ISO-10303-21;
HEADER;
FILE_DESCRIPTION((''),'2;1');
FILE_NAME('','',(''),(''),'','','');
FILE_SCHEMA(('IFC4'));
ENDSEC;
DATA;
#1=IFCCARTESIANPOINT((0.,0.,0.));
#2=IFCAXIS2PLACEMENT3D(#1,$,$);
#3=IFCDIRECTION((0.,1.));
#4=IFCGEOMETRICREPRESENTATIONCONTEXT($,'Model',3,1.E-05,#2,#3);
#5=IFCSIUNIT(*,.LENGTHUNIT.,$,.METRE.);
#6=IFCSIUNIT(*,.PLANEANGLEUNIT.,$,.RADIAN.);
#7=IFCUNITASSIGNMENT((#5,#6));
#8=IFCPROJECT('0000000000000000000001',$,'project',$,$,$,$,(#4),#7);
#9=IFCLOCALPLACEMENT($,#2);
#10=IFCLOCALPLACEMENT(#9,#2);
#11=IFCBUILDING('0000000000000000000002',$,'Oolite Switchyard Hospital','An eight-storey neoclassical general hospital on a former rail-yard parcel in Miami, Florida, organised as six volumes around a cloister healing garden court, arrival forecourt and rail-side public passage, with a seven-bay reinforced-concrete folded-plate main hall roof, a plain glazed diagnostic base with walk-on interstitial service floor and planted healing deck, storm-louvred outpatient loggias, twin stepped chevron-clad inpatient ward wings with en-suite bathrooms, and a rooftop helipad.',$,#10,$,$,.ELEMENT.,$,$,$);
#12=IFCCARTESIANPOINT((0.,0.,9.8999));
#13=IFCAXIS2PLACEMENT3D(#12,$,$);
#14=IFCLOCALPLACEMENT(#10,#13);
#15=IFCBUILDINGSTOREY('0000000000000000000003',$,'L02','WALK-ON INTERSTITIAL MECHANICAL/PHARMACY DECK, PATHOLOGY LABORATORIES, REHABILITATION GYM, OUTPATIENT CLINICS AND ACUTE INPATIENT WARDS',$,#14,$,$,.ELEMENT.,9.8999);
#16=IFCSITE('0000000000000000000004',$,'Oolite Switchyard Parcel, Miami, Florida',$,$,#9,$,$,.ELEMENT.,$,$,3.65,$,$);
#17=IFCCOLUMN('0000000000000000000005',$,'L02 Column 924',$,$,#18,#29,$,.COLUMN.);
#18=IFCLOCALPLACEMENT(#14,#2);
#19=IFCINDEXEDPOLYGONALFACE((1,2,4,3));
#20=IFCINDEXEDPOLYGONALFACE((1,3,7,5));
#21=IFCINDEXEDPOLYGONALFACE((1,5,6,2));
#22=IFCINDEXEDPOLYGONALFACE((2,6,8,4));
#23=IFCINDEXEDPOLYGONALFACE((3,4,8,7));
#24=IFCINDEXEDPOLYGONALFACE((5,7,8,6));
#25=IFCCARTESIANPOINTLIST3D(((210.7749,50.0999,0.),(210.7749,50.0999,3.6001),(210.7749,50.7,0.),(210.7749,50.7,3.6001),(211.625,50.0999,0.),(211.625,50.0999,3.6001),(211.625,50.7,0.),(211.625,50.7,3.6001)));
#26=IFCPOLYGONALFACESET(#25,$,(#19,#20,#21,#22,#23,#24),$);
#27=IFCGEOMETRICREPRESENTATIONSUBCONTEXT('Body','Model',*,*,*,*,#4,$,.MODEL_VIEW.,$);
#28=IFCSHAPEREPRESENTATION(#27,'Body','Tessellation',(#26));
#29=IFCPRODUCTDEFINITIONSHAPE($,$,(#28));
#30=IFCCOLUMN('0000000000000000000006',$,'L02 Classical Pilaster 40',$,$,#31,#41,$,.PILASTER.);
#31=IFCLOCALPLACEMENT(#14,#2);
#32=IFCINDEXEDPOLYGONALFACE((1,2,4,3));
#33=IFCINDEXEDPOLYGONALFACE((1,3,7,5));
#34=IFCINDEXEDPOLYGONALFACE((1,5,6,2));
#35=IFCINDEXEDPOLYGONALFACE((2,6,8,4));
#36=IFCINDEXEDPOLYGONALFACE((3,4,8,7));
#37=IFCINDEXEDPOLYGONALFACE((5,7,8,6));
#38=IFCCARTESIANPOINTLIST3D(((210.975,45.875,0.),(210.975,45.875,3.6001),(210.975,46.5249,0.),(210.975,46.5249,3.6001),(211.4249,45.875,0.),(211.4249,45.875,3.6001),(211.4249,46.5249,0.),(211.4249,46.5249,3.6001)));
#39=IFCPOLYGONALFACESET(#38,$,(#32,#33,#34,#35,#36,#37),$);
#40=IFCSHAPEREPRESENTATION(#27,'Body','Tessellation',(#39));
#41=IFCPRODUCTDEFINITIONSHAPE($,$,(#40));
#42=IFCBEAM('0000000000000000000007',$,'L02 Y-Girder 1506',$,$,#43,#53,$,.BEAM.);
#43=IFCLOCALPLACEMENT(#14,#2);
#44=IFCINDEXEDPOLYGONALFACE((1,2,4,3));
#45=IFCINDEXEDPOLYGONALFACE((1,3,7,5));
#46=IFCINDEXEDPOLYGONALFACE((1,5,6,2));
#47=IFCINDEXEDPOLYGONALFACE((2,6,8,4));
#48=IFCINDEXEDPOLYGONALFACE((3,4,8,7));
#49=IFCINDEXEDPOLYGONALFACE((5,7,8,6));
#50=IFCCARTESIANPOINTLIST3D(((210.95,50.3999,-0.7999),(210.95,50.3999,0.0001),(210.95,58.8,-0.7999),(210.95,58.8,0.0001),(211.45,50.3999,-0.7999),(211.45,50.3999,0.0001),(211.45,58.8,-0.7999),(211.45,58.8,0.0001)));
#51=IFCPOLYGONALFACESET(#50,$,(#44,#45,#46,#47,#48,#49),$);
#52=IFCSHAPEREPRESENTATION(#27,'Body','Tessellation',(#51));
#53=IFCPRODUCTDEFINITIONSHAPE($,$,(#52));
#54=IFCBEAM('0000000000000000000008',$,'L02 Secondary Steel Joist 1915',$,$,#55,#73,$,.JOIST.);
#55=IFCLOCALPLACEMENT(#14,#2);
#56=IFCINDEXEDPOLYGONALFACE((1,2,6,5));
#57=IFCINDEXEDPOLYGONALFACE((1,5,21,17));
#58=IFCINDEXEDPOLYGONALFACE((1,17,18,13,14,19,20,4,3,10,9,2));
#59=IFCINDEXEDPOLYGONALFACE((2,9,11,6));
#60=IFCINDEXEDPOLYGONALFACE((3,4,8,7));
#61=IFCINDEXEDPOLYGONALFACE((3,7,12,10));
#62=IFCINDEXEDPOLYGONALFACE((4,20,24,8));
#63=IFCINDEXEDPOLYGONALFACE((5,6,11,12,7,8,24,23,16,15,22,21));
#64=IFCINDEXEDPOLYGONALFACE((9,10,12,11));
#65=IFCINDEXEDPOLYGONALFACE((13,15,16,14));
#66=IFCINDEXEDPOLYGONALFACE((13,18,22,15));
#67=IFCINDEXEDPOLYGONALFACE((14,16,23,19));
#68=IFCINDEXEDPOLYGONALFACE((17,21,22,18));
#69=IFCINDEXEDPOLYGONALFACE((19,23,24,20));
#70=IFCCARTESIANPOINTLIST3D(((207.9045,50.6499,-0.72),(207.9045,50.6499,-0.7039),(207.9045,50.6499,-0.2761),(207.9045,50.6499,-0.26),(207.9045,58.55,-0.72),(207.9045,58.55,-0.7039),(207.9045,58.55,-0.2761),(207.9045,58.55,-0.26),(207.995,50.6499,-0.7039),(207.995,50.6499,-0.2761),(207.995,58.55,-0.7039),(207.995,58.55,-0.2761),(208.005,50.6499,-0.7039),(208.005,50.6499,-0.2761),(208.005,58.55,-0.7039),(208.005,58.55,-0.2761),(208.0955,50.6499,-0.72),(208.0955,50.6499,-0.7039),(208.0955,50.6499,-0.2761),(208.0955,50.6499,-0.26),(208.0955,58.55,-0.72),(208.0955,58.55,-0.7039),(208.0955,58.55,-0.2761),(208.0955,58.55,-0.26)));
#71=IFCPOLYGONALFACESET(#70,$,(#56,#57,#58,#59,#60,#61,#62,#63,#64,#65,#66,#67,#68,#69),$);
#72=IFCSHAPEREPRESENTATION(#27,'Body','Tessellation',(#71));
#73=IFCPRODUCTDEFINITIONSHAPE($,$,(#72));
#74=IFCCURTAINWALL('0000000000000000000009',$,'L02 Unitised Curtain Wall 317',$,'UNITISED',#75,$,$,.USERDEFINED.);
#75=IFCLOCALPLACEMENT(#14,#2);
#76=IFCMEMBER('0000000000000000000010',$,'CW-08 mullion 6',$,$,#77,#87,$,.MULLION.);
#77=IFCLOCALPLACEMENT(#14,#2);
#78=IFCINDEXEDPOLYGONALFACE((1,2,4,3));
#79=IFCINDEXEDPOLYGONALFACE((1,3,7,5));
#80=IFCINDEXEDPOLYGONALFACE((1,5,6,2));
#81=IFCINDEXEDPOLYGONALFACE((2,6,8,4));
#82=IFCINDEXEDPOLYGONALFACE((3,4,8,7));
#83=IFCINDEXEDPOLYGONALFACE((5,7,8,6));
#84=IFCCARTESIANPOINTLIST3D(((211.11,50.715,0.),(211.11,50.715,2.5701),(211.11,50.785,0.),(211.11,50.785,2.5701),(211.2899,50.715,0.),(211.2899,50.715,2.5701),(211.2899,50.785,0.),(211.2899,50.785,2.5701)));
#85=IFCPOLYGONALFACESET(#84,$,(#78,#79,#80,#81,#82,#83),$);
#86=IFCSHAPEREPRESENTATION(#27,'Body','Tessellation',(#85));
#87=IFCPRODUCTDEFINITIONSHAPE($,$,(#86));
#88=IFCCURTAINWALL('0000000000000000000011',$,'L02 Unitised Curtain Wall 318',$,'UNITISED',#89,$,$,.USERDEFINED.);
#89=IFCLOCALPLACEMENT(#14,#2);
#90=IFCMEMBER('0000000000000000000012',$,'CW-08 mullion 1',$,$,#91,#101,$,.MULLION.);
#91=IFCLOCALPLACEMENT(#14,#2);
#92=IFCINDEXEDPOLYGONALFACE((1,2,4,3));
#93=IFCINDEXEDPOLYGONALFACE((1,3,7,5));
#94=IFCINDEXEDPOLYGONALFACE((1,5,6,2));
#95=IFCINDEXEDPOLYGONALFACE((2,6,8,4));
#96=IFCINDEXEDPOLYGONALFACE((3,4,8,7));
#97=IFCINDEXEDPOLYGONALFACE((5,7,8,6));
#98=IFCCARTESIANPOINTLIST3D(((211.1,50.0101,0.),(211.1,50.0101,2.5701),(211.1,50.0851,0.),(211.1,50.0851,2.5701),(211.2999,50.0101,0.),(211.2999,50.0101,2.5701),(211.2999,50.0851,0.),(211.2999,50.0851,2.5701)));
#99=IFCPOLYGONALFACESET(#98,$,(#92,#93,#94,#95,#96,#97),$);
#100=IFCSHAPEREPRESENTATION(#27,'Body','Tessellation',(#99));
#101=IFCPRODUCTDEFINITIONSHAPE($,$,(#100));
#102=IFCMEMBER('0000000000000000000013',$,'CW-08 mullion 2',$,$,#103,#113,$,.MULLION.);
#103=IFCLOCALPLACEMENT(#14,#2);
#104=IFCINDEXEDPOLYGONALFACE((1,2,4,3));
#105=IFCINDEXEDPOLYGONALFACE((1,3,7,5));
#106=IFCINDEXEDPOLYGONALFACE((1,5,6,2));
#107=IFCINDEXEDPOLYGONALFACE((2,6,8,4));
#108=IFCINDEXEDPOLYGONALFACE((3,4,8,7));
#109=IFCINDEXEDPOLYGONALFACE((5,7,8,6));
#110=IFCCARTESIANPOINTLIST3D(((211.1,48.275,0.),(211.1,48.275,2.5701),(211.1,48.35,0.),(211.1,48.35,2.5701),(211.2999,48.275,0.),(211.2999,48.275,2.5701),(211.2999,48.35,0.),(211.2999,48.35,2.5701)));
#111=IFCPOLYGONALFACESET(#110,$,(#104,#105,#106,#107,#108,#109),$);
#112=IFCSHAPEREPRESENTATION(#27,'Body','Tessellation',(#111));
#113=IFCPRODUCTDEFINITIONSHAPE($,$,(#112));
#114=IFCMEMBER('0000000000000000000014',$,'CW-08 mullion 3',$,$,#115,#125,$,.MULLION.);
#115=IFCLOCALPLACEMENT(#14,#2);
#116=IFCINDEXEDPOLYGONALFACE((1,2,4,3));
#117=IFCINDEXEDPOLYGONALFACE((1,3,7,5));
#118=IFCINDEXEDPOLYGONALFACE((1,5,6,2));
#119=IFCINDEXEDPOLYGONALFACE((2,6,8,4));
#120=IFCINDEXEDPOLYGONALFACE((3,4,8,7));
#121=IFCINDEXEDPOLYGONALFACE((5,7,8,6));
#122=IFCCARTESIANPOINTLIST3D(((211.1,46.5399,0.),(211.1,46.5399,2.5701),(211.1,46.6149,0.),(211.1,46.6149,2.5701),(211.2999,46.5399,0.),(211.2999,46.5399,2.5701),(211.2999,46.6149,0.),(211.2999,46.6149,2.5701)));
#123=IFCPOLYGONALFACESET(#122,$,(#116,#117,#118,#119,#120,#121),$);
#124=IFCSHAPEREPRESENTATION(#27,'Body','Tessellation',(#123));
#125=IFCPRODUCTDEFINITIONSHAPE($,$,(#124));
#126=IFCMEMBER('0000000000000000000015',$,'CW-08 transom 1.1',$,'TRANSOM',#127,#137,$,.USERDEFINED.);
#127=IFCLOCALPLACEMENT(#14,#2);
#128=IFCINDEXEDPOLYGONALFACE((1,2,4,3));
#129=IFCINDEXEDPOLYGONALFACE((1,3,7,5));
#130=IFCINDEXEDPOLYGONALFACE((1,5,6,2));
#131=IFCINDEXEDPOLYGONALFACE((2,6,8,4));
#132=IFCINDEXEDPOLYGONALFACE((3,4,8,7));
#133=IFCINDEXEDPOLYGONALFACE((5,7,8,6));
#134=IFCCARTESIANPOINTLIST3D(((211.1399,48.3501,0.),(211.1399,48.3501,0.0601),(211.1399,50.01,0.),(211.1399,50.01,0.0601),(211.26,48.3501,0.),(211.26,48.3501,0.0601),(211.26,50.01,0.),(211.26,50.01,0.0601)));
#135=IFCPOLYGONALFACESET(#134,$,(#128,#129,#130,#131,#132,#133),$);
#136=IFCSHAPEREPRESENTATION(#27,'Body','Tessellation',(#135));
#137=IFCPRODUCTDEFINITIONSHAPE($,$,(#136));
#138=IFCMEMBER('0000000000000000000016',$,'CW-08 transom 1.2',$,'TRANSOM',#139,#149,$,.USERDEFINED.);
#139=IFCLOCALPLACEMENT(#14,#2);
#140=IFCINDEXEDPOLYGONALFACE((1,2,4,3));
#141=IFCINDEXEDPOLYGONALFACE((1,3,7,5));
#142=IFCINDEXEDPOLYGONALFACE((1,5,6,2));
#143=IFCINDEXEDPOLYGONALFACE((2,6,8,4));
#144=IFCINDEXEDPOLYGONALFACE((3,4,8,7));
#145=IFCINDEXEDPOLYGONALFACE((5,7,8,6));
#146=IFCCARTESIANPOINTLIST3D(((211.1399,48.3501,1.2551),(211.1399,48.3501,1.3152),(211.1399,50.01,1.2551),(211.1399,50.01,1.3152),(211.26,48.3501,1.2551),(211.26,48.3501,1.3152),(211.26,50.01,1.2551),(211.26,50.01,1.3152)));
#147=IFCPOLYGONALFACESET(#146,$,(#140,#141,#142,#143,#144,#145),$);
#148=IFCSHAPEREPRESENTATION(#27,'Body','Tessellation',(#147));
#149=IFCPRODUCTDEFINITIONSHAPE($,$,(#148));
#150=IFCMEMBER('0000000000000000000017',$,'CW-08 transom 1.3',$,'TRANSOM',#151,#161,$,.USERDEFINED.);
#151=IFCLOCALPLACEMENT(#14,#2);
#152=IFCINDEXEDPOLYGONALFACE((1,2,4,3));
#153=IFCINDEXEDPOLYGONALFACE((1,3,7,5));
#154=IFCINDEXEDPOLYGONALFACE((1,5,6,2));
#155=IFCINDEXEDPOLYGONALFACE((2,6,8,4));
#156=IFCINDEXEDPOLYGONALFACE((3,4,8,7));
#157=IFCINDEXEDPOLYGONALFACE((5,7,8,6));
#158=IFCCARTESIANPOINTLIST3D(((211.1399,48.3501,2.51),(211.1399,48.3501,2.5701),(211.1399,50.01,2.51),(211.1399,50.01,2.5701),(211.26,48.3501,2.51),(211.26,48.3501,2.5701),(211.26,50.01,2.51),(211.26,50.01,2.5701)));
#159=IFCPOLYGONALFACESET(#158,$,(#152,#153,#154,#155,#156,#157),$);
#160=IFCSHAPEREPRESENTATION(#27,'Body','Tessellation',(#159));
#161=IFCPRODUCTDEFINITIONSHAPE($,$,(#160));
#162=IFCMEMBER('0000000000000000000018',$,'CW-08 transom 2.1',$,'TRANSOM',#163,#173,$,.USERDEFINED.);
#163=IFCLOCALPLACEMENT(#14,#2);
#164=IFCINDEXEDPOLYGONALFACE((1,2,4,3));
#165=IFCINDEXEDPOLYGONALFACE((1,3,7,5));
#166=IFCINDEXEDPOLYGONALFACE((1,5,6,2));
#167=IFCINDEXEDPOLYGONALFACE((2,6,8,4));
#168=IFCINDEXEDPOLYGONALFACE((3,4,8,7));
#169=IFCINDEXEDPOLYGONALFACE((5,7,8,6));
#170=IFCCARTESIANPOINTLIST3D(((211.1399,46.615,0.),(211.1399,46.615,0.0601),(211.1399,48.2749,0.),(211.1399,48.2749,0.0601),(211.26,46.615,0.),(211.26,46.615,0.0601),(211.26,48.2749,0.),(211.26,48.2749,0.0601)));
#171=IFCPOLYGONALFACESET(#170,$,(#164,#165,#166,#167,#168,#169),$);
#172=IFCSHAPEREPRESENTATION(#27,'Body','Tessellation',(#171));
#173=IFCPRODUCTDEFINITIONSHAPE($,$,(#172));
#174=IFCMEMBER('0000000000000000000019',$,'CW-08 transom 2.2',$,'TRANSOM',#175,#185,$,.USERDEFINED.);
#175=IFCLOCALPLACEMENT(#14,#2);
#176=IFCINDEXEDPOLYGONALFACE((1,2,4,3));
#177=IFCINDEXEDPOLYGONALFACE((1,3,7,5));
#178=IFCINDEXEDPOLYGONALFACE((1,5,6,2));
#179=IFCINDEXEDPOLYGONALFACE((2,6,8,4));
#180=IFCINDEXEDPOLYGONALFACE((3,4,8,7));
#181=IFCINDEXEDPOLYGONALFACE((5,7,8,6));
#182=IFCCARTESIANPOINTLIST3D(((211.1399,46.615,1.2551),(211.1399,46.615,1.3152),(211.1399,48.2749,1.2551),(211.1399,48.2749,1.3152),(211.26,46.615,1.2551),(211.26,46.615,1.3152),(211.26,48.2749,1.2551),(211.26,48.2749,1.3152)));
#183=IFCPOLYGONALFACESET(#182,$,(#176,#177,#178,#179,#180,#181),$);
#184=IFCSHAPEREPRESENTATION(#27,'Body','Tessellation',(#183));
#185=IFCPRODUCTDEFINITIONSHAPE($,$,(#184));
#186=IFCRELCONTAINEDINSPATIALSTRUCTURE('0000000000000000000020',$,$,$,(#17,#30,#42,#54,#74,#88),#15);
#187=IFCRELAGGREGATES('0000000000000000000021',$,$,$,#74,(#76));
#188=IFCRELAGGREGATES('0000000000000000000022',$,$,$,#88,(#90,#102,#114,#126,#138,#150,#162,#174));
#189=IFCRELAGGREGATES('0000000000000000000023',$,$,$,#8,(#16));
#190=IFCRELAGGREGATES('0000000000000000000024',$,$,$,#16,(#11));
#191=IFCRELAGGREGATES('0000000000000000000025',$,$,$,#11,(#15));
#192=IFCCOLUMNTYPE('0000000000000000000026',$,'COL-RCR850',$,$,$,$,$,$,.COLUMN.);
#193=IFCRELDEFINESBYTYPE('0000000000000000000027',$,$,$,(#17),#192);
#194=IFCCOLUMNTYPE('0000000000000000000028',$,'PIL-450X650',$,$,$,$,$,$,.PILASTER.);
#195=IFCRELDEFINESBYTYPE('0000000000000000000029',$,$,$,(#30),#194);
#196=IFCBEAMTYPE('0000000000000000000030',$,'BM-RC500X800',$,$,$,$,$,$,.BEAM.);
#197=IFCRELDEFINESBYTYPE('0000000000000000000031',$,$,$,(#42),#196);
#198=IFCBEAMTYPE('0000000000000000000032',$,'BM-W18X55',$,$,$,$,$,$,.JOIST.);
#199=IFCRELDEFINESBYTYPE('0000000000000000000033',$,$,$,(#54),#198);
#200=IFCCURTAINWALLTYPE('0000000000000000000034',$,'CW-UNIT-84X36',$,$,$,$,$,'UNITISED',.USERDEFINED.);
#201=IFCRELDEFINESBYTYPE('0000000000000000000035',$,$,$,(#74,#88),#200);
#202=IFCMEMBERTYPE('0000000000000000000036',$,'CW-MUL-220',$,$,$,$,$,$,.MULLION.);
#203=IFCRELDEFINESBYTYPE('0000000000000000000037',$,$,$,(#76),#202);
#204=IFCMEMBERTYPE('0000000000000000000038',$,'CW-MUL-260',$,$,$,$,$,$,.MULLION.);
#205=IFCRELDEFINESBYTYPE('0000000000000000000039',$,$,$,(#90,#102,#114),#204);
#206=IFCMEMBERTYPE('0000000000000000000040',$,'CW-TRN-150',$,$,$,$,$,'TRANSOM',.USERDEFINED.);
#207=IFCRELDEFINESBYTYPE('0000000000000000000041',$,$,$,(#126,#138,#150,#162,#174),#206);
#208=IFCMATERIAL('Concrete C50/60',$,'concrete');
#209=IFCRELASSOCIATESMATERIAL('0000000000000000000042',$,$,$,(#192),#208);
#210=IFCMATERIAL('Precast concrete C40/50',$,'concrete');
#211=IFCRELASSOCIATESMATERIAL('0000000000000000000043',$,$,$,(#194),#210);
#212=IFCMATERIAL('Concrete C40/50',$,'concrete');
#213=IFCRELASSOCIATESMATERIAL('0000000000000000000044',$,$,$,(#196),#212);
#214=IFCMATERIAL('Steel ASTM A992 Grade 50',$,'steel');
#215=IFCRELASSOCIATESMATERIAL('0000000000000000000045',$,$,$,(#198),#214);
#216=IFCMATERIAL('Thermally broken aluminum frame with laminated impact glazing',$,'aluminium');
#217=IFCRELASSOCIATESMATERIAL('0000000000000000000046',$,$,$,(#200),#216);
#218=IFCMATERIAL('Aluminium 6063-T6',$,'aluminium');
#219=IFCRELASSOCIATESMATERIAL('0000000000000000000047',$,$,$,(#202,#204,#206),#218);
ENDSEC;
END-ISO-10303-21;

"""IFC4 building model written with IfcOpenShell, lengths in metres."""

from ifc_helpers import new_model, si_unit, direction, frame, origin, origin_2d, place, context, subcontext, project, spatial, rectangle, i_section, extrude, material, material_profile, profile_set, type_object, element, aggregate, save


model = new_model("IFC4")

# Units and contexts
model_context = context("Model", 3, precision=1e-05, world=origin(), true_north=direction((0.0, 1.0)))
body_context = subcontext(model_context, "Body", "Model", "MODEL_VIEW")
ifc_project = project(units=[si_unit("LENGTHUNIT", "METRE"), si_unit("PLANEANGLEUNIT", "RADIAN")], contexts=[model_context])

# Site, building, storey
site_placement = place(None, origin())
site = spatial("IfcSite", under=ifc_project, at=site_placement, Name="Oolite Switchyard Parcel, Miami, Florida", CompositionType="ELEMENT", RefElevation=3.65)
building_placement = place(site_placement, origin())
building = spatial("IfcBuilding", under=site, at=building_placement, Name="Oolite Switchyard Hospital", Description="An eight-storey neoclassical general hospital on a former rail-yard parcel in Miami, Florida, organised as six volumes around a cloister healing garden court, arrival forecourt and rail-side public passage, with a seven-bay reinforced-concrete folded-plate main hall roof, a plain glazed diagnostic base with walk-on interstitial service floor and planted healing deck, storm-louvred outpatient loggias, twin stepped chevron-clad inpatient ward wings with en-suite bathrooms, and a rooftop helipad.", CompositionType="ELEMENT")
storey_placement = place(building_placement, frame((0.0, 0.0, 9.8999)))
storey = spatial("IfcBuildingStorey", under=building, at=storey_placement, Name="L02", Description="WALK-ON INTERSTITIAL MECHANICAL/PHARMACY DECK, PATHOLOGY LABORATORIES, REHABILITATION GYM, OUTPATIENT CLINICS AND ACUTE INPATIENT WARDS", CompositionType="ELEMENT", Elevation=9.8999)

# Columns
ifc_material_1 = material(Name="Concrete C50/60", Category="concrete")
ifc_material_profile_1 = material_profile(ifc_material_1, rectangle(XDim=0.8501, YDim=0.6001, at=origin_2d()), Name="RC850X600")
ifc_profile_set_1 = profile_set([ifc_material_profile_1], Name="Concrete C50/60")
column_type_1 = type_object("IfcColumnType", Name="COL-RCR850", PredefinedType="COLUMN", material=ifc_profile_set_1)
column_1_placement = place(storey_placement, frame((211.2, 50.3999, 0.0), z_axis=(0.0, 0.0, 1.0), x_axis=(1.0, 0.0, 0.0)))
element("IfcColumn", 1, at=column_1_placement, inside=storey, type_object=column_type_1, Name="L02 Column 924", PredefinedType="COLUMN", context=body_context, shape_type="SweptSolid", body=[
    extrude(rectangle(XDim=0.8501, YDim=0.6001, at=origin_2d()), origin(), (0.0, 0.0, 1.0), 3.6001),
])
ifc_material_2 = material(Name="Precast concrete C40/50", Category="concrete")
ifc_material_profile_2 = material_profile(ifc_material_2, rectangle(XDim=0.45, YDim=0.6499, at=origin_2d()), Name="PIL450X650")
ifc_profile_set_2 = profile_set([ifc_material_profile_2], Name="Precast concrete C40/50")
column_type_2 = type_object("IfcColumnType", Name="PIL-450X650", PredefinedType="PILASTER", material=ifc_profile_set_2)
column_2_placement = place(storey_placement, frame((211.2, 46.2, 0.0), z_axis=(0.0, 0.0, 1.0), x_axis=(1.0, 0.0, 0.0)))
element("IfcColumn", 2, at=column_2_placement, inside=storey, type_object=column_type_2, Name="L02 Classical Pilaster 40", PredefinedType="PILASTER", context=body_context, shape_type="SweptSolid", body=[
    extrude(rectangle(XDim=0.45, YDim=0.6499, at=origin_2d()), origin(), (0.0, 0.0, 1.0), 3.6001),
])

# Beams
ifc_material_3 = material(Name="Concrete C40/50", Category="concrete")
ifc_material_profile_3 = material_profile(ifc_material_3, rectangle(XDim=0.5, YDim=0.8, at=origin_2d()), Name="RCB500X800")
ifc_profile_set_3 = profile_set([ifc_material_profile_3], Name="Concrete C40/50")
beam_type_1 = type_object("IfcBeamType", Name="BM-RC500X800", PredefinedType="BEAM", material=ifc_profile_set_3)
beam_1_placement = place(storey_placement, frame((211.2, 50.3999, -0.3999), z_axis=(0.0, 1.0, 0.0), x_axis=(-1.0, 0.0, 0.0)))
element("IfcBeam", 3, at=beam_1_placement, inside=storey, type_object=beam_type_1, Name="L02 Y-Girder 1506", PredefinedType="BEAM", context=body_context, shape_type="SweptSolid", body=[
    extrude(rectangle(XDim=0.5, YDim=0.8, at=origin_2d()), origin(), (0.0, 0.0, 1.0), 8.4001),
])
ifc_material_4 = material(Name="Steel ASTM A992 Grade 50", Category="steel")
ifc_material_profile_4 = material_profile(ifc_material_4, i_section(OverallWidth=0.1909, OverallDepth=0.46, WebThickness=0.01, FlangeThickness=0.0161, at=origin_2d()), Name="W18X55")
ifc_profile_set_4 = profile_set([ifc_material_profile_4], Name="Steel ASTM A992 Grade 50")
beam_type_2 = type_object("IfcBeamType", Name="BM-W18X55", PredefinedType="JOIST", material=ifc_profile_set_4)
beam_2_placement = place(storey_placement, frame((208.0, 50.6499, -0.49), z_axis=(0.0, 1.0, 0.0), x_axis=(-1.0, 0.0, 0.0)))
element("IfcBeam", 4, at=beam_2_placement, inside=storey, type_object=beam_type_2, Name="L02 Secondary Steel Joist 1915", PredefinedType="JOIST", context=body_context, shape_type="SweptSolid", body=[
    extrude(i_section(OverallWidth=0.1909, OverallDepth=0.46, WebThickness=0.01, FlangeThickness=0.0161, at=origin_2d()), origin(), (0.0, 0.0, 1.0), 7.9001),
])

# Curtain wall, member
ifc_material_5 = material(Name="Thermally broken aluminum frame with laminated impact glazing", Category="aluminium")
curtain_wall_type = type_object("IfcCurtainWallType", Name="CW-UNIT-84X36", ElementType="UNITISED", PredefinedType="USERDEFINED", material=ifc_material_5)
curtain_wall_1_placement = place(storey_placement, origin())
curtain_wall_1 = element("IfcCurtainWall", 5, at=curtain_wall_1_placement, inside=storey, type_object=curtain_wall_type, Name="L02 Unitised Curtain Wall 317", ObjectType="UNITISED", PredefinedType="USERDEFINED")
ifc_material_6 = material(Name="Aluminium 6063-T6", Category="aluminium")
ifc_material_profile_5 = material_profile(ifc_material_6, rectangle(XDim=0.1799, YDim=0.0701, at=origin_2d()), Name="CWM70X180")
ifc_profile_set_5 = profile_set([ifc_material_profile_5], Name="Aluminium 6063-T6")
member_type_1 = type_object("IfcMemberType", Name="CW-MUL-220", PredefinedType="MULLION", material=ifc_profile_set_5)
member_1_placement = place(storey_placement, frame((211.2, 50.75, 0.0), z_axis=(0.0, 0.0, 1.0), x_axis=(1.0, 0.0, 0.0)))
member_1 = element("IfcMember", 6, at=member_1_placement, type_object=member_type_1, Name="CW-08 mullion 6", PredefinedType="MULLION", context=body_context, shape_type="SweptSolid", body=[
    extrude(rectangle(XDim=0.1799, YDim=0.0701, at=origin_2d()), origin(), (0.0, 0.0, 1.0), 2.5701),
])

# Curtain wall, members
curtain_wall_2_placement = place(storey_placement, origin())
curtain_wall_2 = element("IfcCurtainWall", 7, at=curtain_wall_2_placement, inside=storey, type_object=curtain_wall_type, Name="L02 Unitised Curtain Wall 318", ObjectType="UNITISED", PredefinedType="USERDEFINED")
ifc_material_profile_6 = material_profile(ifc_material_6, rectangle(XDim=0.2, YDim=0.075, at=origin_2d()), Name="CWM75X200")
ifc_profile_set_6 = profile_set([ifc_material_profile_6], Name="Aluminium 6063-T6")
member_type_2 = type_object("IfcMemberType", Name="CW-MUL-260", PredefinedType="MULLION", material=ifc_profile_set_6)
member_2_placement = place(storey_placement, frame((211.2, 50.0476, 0.0), z_axis=(0.0, 0.0, 1.0), x_axis=(1.0, 0.0, 0.0)))
member_2 = element("IfcMember", 8, at=member_2_placement, type_object=member_type_2, Name="CW-08 mullion 1", PredefinedType="MULLION", context=body_context, shape_type="SweptSolid", body=[
    extrude(rectangle(XDim=0.2, YDim=0.075, at=origin_2d()), origin(), (0.0, 0.0, 1.0), 2.5701),
])
member_3_placement = place(storey_placement, frame((211.2, 48.3125, 0.0), z_axis=(0.0, 0.0, 1.0), x_axis=(1.0, 0.0, 0.0)))
member_3 = element("IfcMember", 9, at=member_3_placement, type_object=member_type_2, Name="CW-08 mullion 2", PredefinedType="MULLION", context=body_context, shape_type="SweptSolid", body=[
    extrude(rectangle(XDim=0.2, YDim=0.075, at=origin_2d()), origin(), (0.0, 0.0, 1.0), 2.5701),
])
member_4_placement = place(storey_placement, frame((211.2, 46.5774, 0.0), z_axis=(0.0, 0.0, 1.0), x_axis=(1.0, 0.0, 0.0)))
member_4 = element("IfcMember", 10, at=member_4_placement, type_object=member_type_2, Name="CW-08 mullion 3", PredefinedType="MULLION", context=body_context, shape_type="SweptSolid", body=[
    extrude(rectangle(XDim=0.2, YDim=0.075, at=origin_2d()), origin(), (0.0, 0.0, 1.0), 2.5701),
])
ifc_material_profile_7 = material_profile(ifc_material_6, rectangle(XDim=0.1201, YDim=0.0601, at=origin_2d()), Name="CWT60X120")
ifc_profile_set_7 = profile_set([ifc_material_profile_7], Name="Aluminium 6063-T6")
member_type_3 = type_object("IfcMemberType", Name="CW-TRN-150", ElementType="TRANSOM", PredefinedType="USERDEFINED", material=ifc_profile_set_7)
member_5_placement = place(storey_placement, frame((211.2, 50.01, 0.03), z_axis=(0.0, -1.0, 0.0), x_axis=(1.0, 0.0, 0.0)))
member_5 = element("IfcMember", 11, at=member_5_placement, type_object=member_type_3, Name="CW-08 transom 1.1", ObjectType="TRANSOM", PredefinedType="USERDEFINED", context=body_context, shape_type="SweptSolid", body=[
    extrude(rectangle(XDim=0.1201, YDim=0.0601, at=origin_2d()), origin(), (0.0, 0.0, 1.0), 1.6599),
])
member_6_placement = place(storey_placement, frame((211.2, 50.01, 1.2852), z_axis=(0.0, -1.0, 0.0), x_axis=(1.0, 0.0, 0.0)))
member_6 = element("IfcMember", 12, at=member_6_placement, type_object=member_type_3, Name="CW-08 transom 1.2", ObjectType="TRANSOM", PredefinedType="USERDEFINED", context=body_context, shape_type="SweptSolid", body=[
    extrude(rectangle(XDim=0.1201, YDim=0.0601, at=origin_2d()), origin(), (0.0, 0.0, 1.0), 1.6599),
])
member_7_placement = place(storey_placement, frame((211.2, 50.01, 2.54), z_axis=(0.0, -1.0, 0.0), x_axis=(1.0, 0.0, 0.0)))
member_7 = element("IfcMember", 13, at=member_7_placement, type_object=member_type_3, Name="CW-08 transom 1.3", ObjectType="TRANSOM", PredefinedType="USERDEFINED", context=body_context, shape_type="SweptSolid", body=[
    extrude(rectangle(XDim=0.1201, YDim=0.0601, at=origin_2d()), origin(), (0.0, 0.0, 1.0), 1.6599),
])
member_8_placement = place(storey_placement, frame((211.2, 48.2749, 0.03), z_axis=(0.0, -1.0, 0.0), x_axis=(1.0, 0.0, 0.0)))
member_8 = element("IfcMember", 14, at=member_8_placement, type_object=member_type_3, Name="CW-08 transom 2.1", ObjectType="TRANSOM", PredefinedType="USERDEFINED", context=body_context, shape_type="SweptSolid", body=[
    extrude(rectangle(XDim=0.1201, YDim=0.0601, at=origin_2d()), origin(), (0.0, 0.0, 1.0), 1.6599),
])
member_9_placement = place(storey_placement, frame((211.2, 48.2749, 1.2852), z_axis=(0.0, -1.0, 0.0), x_axis=(1.0, 0.0, 0.0)))
member_9 = element("IfcMember", 15, at=member_9_placement, type_object=member_type_3, Name="CW-08 transom 2.2", ObjectType="TRANSOM", PredefinedType="USERDEFINED", context=body_context, shape_type="SweptSolid", body=[
    extrude(rectangle(XDim=0.1201, YDim=0.0601, at=origin_2d()), origin(), (0.0, 0.0, 1.0), 1.6599),
])

aggregate(curtain_wall_1, [member_1])
aggregate(curtain_wall_2, [member_2, member_3, member_4, member_5, member_6, member_7, member_8, member_9])

save(model, "model.ifc")
